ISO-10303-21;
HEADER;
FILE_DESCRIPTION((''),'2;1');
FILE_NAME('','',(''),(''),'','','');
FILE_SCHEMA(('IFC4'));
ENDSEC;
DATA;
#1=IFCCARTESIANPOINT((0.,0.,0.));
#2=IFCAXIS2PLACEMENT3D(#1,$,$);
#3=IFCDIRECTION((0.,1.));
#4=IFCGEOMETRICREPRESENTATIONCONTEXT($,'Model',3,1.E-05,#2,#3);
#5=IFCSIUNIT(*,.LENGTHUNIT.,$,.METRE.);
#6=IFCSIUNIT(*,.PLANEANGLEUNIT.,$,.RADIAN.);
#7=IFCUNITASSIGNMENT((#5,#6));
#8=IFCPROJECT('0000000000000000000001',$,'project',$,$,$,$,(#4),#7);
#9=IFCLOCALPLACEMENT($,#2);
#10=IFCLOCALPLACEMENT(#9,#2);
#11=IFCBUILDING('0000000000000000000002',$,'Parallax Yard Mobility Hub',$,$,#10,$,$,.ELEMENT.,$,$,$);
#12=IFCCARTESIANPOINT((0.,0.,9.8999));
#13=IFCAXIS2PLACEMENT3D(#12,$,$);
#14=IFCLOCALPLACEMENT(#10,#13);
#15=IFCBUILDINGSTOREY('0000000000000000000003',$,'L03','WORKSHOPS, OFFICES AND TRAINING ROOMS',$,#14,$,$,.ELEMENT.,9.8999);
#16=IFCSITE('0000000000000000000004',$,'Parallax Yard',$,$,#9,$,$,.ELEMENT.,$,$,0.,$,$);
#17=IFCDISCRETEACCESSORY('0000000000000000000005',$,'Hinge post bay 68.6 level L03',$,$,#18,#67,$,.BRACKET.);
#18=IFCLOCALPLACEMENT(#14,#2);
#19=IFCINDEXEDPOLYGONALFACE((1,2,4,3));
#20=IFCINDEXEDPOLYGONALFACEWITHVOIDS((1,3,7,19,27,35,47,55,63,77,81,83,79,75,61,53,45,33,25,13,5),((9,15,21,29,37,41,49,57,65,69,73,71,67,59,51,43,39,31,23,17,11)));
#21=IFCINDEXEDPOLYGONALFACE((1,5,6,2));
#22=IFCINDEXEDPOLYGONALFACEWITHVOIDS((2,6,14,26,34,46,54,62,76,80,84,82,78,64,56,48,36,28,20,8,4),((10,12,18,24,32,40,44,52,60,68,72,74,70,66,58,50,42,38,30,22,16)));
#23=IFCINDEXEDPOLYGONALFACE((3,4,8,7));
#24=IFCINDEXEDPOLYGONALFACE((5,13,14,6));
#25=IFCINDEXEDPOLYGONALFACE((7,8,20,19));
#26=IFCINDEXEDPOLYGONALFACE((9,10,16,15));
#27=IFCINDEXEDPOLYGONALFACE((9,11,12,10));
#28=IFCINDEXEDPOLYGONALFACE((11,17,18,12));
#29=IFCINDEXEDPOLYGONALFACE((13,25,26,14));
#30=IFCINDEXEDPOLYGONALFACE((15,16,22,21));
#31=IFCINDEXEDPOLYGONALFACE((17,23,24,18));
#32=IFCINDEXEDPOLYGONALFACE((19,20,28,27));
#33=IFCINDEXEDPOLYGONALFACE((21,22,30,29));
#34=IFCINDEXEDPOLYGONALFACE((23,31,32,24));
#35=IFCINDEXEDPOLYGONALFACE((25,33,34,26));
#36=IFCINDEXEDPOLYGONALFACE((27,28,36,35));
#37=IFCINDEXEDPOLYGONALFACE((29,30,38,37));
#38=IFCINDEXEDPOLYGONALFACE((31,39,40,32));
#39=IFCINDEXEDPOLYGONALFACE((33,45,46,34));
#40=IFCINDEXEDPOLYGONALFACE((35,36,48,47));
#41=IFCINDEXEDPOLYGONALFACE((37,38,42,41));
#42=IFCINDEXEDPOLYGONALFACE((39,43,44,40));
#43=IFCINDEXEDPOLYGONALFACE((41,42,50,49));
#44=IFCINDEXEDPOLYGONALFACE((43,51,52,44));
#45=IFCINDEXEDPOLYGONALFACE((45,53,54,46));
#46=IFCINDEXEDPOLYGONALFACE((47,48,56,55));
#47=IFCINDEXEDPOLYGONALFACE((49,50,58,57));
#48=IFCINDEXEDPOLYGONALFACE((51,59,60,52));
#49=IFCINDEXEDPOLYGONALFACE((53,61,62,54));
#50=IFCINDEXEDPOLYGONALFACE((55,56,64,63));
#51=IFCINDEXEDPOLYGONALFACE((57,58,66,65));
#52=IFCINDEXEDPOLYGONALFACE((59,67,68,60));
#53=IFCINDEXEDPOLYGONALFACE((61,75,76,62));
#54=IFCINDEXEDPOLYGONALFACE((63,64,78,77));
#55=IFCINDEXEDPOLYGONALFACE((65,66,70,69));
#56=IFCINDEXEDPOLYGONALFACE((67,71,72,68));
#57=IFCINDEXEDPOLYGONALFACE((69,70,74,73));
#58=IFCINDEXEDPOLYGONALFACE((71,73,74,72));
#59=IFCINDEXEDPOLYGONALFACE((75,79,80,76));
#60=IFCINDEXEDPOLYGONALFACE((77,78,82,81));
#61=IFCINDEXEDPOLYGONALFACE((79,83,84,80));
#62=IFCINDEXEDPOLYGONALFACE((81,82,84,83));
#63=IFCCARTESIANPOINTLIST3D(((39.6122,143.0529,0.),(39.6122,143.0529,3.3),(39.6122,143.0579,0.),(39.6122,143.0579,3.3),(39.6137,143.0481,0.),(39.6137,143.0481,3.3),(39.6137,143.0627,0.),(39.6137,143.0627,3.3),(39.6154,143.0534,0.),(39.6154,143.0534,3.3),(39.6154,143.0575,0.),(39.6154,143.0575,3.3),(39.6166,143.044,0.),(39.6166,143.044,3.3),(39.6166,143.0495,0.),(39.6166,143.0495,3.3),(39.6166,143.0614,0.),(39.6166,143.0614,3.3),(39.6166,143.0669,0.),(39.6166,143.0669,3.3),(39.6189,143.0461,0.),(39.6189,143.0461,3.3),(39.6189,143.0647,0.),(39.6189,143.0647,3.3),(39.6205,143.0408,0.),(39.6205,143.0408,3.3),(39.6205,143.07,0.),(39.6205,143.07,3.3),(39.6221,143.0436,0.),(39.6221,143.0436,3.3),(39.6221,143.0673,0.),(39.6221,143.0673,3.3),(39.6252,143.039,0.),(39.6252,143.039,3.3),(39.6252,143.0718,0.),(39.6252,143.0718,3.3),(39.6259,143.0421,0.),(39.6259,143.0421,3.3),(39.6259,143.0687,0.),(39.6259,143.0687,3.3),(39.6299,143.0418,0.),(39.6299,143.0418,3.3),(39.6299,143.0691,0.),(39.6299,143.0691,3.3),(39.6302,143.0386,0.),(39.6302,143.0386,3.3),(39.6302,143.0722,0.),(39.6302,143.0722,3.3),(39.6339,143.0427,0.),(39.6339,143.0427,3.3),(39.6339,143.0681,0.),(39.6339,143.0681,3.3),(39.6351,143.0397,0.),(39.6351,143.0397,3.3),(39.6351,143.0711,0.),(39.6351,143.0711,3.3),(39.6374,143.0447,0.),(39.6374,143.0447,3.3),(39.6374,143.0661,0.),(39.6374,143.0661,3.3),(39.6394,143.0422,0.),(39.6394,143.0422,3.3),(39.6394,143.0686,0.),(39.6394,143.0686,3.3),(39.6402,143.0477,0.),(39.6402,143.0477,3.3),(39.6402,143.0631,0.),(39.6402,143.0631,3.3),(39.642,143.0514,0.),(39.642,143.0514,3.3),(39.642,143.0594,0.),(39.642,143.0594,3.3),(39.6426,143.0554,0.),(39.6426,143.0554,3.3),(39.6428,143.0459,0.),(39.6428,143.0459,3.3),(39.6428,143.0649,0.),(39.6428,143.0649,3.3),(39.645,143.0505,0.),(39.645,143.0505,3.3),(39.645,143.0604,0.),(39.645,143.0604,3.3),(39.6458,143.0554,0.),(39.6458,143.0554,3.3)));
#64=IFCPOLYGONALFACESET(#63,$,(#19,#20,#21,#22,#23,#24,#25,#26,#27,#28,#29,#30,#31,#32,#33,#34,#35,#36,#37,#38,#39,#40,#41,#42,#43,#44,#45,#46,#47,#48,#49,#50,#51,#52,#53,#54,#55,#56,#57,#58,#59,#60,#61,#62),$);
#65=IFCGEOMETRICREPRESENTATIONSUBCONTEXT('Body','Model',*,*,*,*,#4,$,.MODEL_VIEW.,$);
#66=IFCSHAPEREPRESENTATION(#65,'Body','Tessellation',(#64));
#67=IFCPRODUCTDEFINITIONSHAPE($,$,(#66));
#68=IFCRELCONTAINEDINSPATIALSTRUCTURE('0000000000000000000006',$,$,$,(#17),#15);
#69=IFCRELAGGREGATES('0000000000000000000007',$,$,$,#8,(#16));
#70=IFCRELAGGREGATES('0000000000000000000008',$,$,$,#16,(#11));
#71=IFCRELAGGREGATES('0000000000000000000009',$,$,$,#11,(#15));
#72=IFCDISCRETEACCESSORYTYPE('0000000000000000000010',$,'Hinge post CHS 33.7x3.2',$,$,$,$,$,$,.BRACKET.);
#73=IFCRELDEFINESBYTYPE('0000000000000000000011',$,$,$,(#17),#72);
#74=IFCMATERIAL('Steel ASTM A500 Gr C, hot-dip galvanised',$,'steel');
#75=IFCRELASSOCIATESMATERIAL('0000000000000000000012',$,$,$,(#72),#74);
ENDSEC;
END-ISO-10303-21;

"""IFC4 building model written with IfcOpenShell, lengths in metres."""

from ifc_helpers import new_model, si_unit, direction, frame, origin, origin_2d, place, context, subcontext, project, spatial, hollow_circle, extrude, material, material_profile, profile_set, type_object, element, save


model = new_model("IFC4")

# Units and contexts
model_context = context("Model", 3, precision=1e-05, world=origin(), true_north=direction((0.0, 1.0)))
body_context = subcontext(model_context, "Body", "Model", "MODEL_VIEW")
ifc_project = project(units=[si_unit("LENGTHUNIT", "METRE"), si_unit("PLANEANGLEUNIT", "RADIAN")], contexts=[model_context])

# Site, building, storey
site_placement = place(None, origin())
site = spatial("IfcSite", under=ifc_project, at=site_placement, Name="Parallax Yard", CompositionType="ELEMENT", RefElevation=0.0)
building_placement = place(site_placement, origin())
building = spatial("IfcBuilding", under=site, at=building_placement, Name="Parallax Yard Mobility Hub", CompositionType="ELEMENT")
storey_placement = place(building_placement, frame((0.0, 0.0, 9.8999)))
storey = spatial("IfcBuildingStorey", under=building, at=storey_placement, Name="L03", Description="WORKSHOPS, OFFICES AND TRAINING ROOMS", CompositionType="ELEMENT", Elevation=9.8999)

# Discrete accessory
ifc_material_1 = material(Name="Steel ASTM A500 Gr C, hot-dip galvanised", Category="steel")
ifc_material_profile = material_profile(ifc_material_1, hollow_circle(Radius=0.0168, WallThickness=0.0032, at=origin_2d()), Name="CHS 33.7x3.2")
ifc_profile_set = profile_set([ifc_material_profile], Name="Steel ASTM A500 Gr C, hot-dip galvanised")
discrete_accessory_type = type_object("IfcDiscreteAccessoryType", Name="Hinge post CHS 33.7x3.2", PredefinedType="BRACKET", material=ifc_profile_set)
for number, where, z_axis, x_axis, name in (
    (1, (39.6289, 143.0554, 0.0), (0.0, 0.0, 1.0), (1.0, 0.0, 0.0), "Hinge post bay 68.6 level L03"),
):
    element("IfcDiscreteAccessory", number, at=place(storey_placement, frame(where, z_axis=z_axis, x_axis=x_axis)), inside=storey, type_object=discrete_accessory_type, Name=name, PredefinedType="BRACKET", context=body_context, shape_type="SweptSolid", body=[
        extrude(hollow_circle(Radius=0.0168, WallThickness=0.0032, at=origin_2d()), origin(), (0.0, 0.0, 1.0), 3.3),
    ])

save(model, "model.ifc")
